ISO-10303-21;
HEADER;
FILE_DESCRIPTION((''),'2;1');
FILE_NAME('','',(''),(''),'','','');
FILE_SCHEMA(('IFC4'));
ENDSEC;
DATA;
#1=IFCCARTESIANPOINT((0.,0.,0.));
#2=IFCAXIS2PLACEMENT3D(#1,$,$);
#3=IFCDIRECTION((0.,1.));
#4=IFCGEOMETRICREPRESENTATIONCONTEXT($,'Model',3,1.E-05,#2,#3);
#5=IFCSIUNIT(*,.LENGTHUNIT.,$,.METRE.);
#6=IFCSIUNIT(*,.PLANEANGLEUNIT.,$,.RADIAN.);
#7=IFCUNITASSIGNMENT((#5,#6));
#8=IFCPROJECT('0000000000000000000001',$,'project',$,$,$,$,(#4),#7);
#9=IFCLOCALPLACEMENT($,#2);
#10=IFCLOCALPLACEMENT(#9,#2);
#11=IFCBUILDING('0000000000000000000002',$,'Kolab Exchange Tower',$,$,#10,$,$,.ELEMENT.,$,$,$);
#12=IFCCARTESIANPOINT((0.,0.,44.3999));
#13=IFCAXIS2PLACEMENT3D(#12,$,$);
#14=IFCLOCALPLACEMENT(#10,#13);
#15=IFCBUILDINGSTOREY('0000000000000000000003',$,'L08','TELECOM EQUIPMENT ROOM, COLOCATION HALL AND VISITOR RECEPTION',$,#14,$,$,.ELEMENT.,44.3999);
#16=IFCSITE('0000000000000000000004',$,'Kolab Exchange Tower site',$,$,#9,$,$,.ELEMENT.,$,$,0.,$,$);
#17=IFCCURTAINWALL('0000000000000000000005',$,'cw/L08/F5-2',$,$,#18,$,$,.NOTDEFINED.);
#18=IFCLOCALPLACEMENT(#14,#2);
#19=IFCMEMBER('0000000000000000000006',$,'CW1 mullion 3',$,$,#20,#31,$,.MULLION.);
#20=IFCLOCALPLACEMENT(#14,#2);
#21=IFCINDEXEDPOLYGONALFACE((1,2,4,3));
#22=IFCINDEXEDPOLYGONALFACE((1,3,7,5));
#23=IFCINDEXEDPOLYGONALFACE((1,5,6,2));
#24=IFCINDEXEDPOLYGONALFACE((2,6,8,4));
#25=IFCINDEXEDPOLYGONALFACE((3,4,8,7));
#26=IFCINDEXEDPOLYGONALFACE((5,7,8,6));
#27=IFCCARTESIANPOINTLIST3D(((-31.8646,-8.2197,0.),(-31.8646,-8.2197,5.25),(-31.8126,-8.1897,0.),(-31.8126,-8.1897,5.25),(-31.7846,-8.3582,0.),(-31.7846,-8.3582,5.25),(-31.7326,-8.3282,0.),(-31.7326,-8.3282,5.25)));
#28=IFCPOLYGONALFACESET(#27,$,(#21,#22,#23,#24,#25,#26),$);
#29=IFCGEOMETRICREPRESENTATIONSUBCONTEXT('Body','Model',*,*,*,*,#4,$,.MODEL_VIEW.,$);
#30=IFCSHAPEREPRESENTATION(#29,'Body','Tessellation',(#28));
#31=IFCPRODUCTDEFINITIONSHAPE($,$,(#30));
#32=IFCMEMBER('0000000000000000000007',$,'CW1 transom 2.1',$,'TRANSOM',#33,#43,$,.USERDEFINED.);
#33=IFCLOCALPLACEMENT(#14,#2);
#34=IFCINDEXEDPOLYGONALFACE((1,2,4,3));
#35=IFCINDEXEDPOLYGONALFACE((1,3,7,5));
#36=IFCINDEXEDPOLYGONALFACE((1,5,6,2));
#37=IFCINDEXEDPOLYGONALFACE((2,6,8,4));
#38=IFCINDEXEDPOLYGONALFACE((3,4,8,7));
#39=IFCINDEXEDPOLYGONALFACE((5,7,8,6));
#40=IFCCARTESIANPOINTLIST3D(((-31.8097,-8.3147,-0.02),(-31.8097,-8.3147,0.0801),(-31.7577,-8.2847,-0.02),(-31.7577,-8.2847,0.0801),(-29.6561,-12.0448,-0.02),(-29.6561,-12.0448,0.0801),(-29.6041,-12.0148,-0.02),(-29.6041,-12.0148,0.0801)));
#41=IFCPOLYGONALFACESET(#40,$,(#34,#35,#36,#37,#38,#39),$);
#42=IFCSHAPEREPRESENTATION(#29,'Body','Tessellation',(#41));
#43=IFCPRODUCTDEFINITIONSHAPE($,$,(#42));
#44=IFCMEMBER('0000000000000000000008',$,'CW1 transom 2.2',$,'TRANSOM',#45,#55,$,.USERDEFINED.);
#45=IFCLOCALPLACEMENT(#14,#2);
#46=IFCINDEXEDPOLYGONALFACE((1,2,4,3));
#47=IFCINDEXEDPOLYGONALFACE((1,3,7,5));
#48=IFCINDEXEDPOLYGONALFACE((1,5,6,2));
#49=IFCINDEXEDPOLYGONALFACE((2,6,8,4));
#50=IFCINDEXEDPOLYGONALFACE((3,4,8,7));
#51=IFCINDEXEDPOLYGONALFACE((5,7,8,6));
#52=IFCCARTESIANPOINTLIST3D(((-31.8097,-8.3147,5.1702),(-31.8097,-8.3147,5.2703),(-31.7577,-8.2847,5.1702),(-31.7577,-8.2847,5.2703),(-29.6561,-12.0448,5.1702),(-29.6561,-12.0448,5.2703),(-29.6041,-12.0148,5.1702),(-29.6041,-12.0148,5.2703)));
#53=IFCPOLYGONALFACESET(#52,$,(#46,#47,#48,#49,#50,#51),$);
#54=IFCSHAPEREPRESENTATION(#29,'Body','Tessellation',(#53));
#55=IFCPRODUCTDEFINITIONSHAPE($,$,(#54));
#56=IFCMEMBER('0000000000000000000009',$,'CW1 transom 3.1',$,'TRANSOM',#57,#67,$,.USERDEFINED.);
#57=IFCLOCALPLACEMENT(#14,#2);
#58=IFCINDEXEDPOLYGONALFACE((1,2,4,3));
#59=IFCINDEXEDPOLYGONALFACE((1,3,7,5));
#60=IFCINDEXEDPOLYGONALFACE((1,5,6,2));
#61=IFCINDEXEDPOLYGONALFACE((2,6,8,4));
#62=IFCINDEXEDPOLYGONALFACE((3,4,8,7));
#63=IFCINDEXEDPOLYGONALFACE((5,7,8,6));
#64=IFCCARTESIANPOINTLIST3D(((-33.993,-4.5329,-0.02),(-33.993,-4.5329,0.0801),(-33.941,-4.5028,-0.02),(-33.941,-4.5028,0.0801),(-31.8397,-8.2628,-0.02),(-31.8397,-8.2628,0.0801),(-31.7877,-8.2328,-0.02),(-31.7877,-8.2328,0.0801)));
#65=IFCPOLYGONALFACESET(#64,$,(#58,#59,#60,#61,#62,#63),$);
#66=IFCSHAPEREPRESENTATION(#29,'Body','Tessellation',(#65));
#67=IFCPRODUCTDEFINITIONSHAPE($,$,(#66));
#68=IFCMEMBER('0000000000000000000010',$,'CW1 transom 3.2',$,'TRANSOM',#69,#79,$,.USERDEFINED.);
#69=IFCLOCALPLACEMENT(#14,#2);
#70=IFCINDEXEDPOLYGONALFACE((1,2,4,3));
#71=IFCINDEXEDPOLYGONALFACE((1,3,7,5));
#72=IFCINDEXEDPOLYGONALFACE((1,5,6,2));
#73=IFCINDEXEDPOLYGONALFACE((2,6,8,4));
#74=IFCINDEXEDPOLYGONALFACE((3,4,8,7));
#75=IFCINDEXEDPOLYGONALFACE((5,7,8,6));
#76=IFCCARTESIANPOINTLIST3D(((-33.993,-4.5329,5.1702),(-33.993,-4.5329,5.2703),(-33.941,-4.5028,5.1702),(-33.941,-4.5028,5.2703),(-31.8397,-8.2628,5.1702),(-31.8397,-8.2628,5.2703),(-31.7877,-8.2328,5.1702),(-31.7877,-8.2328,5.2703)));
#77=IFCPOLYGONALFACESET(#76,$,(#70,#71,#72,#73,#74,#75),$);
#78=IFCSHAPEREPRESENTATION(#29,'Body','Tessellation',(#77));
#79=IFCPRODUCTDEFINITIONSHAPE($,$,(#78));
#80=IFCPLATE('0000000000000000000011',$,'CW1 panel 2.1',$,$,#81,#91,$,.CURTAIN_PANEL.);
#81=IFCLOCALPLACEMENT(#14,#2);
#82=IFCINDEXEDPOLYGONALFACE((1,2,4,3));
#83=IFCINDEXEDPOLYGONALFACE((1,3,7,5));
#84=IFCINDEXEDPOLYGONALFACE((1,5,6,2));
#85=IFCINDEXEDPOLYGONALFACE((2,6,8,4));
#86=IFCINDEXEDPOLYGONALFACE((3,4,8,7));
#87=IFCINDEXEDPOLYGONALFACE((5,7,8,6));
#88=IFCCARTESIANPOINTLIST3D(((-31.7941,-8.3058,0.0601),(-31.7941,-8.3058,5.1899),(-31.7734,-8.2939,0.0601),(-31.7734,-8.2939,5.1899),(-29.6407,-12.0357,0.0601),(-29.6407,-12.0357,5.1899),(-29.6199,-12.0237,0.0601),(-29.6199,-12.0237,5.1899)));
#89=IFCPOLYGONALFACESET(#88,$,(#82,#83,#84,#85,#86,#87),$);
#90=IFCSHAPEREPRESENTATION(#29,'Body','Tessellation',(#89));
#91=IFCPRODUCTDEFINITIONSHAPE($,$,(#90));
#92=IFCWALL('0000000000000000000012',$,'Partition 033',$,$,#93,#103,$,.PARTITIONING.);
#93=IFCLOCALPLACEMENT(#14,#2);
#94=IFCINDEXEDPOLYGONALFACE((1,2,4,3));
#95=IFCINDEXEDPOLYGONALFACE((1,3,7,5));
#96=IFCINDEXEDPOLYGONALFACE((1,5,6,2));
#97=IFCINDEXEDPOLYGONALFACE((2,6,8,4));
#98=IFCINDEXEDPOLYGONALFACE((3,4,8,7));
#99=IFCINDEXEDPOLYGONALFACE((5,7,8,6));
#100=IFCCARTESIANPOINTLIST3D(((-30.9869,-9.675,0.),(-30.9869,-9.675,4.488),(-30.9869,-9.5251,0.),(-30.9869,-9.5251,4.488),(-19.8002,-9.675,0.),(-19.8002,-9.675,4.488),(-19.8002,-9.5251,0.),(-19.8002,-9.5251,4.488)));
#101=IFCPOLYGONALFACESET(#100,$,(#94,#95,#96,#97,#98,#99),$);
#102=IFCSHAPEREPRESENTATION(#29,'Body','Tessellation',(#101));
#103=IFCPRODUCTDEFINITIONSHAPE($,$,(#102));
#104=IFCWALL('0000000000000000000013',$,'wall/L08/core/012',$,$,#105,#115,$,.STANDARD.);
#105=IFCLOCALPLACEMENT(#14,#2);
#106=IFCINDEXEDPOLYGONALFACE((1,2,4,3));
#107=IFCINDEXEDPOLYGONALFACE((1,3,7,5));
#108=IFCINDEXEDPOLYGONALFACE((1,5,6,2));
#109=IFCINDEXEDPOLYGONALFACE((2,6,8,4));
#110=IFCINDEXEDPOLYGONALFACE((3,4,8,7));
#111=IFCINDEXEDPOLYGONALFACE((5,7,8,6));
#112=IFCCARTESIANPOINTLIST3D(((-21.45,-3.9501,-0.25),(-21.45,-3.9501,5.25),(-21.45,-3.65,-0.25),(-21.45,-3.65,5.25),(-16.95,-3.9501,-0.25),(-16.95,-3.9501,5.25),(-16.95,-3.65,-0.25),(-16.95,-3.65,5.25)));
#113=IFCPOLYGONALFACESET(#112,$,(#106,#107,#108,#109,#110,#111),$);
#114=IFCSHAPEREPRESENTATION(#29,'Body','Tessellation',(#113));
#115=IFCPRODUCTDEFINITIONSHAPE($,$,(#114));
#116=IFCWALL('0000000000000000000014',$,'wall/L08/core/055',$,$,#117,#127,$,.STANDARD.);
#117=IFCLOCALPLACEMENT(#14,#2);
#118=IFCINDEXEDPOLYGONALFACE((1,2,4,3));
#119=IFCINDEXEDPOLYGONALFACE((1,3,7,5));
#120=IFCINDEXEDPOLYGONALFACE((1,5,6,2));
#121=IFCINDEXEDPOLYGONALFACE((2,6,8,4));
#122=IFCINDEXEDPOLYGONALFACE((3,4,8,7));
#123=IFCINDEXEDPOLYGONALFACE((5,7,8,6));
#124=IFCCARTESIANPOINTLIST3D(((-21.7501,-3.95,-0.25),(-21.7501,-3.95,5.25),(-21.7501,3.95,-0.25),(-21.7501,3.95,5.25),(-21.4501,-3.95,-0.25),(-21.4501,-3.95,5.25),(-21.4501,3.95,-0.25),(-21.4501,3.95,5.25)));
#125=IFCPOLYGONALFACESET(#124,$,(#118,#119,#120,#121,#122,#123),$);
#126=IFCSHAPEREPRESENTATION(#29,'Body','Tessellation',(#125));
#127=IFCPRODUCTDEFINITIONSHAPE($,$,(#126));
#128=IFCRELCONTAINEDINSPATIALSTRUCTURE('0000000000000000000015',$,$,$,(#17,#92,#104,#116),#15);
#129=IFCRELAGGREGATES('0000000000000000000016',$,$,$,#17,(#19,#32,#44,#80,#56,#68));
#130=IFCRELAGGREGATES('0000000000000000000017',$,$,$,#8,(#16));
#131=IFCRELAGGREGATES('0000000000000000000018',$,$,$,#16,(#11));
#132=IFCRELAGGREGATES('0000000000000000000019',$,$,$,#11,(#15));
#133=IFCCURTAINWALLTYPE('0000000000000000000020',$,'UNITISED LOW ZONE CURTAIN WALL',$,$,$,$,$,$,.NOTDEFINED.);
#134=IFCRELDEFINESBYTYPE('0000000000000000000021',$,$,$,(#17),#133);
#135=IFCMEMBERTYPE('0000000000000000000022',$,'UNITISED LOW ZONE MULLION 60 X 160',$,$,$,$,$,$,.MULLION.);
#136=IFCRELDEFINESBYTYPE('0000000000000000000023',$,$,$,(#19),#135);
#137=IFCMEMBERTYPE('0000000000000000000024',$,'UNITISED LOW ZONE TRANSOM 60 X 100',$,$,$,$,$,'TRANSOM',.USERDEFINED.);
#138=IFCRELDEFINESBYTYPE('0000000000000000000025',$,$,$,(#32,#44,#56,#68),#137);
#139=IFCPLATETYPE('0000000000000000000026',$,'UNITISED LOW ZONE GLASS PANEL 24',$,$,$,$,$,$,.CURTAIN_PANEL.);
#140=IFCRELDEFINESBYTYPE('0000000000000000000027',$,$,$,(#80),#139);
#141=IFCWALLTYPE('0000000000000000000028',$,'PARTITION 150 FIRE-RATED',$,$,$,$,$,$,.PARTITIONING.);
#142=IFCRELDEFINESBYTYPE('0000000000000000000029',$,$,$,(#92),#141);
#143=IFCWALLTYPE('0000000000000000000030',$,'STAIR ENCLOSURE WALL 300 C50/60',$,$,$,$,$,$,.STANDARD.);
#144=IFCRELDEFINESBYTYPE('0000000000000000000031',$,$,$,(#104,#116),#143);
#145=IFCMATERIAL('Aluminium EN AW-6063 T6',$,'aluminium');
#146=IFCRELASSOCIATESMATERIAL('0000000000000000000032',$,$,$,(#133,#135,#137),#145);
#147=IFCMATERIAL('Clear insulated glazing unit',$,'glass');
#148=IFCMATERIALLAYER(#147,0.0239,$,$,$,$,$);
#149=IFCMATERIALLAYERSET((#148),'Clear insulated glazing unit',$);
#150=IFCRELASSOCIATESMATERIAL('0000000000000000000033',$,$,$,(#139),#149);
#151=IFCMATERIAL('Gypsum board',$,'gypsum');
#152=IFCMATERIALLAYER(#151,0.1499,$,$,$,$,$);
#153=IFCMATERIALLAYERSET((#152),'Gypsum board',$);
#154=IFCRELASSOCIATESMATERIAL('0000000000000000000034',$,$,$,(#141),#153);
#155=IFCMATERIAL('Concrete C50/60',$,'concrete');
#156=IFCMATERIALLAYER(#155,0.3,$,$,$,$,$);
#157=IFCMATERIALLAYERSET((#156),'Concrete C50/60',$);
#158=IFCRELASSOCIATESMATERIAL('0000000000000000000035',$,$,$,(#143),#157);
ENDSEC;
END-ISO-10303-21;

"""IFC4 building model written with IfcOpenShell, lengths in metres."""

from ifc_helpers import new_model, si_unit, direction, frame, frame_2d, origin, origin_2d, place, context, subcontext, project, spatial, rectangle, extrude, material, layer, layer_set, material_profile, profile_set, type_object, element, aggregate, save


model = new_model("IFC4")

# Units and contexts
model_context = context("Model", 3, precision=1e-05, world=origin(), true_north=direction((0.0, 1.0)))
body_context = subcontext(model_context, "Body", "Model", "MODEL_VIEW")
ifc_project = project(units=[si_unit("LENGTHUNIT", "METRE"), si_unit("PLANEANGLEUNIT", "RADIAN")], contexts=[model_context])

# Site, building, storey
site_placement = place(None, origin())
site = spatial("IfcSite", under=ifc_project, at=site_placement, Name="Kolab Exchange Tower site", CompositionType="ELEMENT", RefElevation=0.0)
building_placement = place(site_placement, origin())
building = spatial("IfcBuilding", under=site, at=building_placement, Name="Kolab Exchange Tower", CompositionType="ELEMENT")
storey_placement = place(building_placement, frame((0.0, 0.0, 44.3999)))
storey = spatial("IfcBuildingStorey", under=building, at=storey_placement, Name="L08", Description="TELECOM EQUIPMENT ROOM, COLOCATION HALL AND VISITOR RECEPTION", CompositionType="ELEMENT", Elevation=44.3999)

# Curtain wall, members, plate
ifc_material_1 = material(Name="Aluminium EN AW-6063 T6", Category="aluminium")
curtain_wall_type = type_object("IfcCurtainWallType", Name="UNITISED LOW ZONE CURTAIN WALL", PredefinedType="NOTDEFINED", material=ifc_material_1)
curtain_wall_placement = place(storey_placement, origin())
curtain_wall = element("IfcCurtainWall", 1, at=curtain_wall_placement, inside=storey, type_object=curtain_wall_type, Name="cw/L08/F5-2", PredefinedType="NOTDEFINED")
ifc_material_profile_1 = material_profile(ifc_material_1, rectangle(XDim=0.0601, YDim=0.1599, at=origin_2d()), Name="RECT 60X160")
ifc_profile_set_1 = profile_set([ifc_material_profile_1], Name="Aluminium EN AW-6063 T6")
member_type_1 = type_object("IfcMemberType", Name="UNITISED LOW ZONE MULLION 60 X 160", PredefinedType="MULLION", material=ifc_profile_set_1)
member_1_placement = place(storey_placement, frame((-31.7986, -8.2739, 0.0), z_axis=(0.0, 0.0, 1.0), x_axis=(-0.866025, -0.5, 0.0)))
member_1 = element("IfcMember", 2, at=member_1_placement, type_object=member_type_1, Name="CW1 mullion 3", PredefinedType="MULLION", context=body_context, shape_type="SweptSolid", body=[
    extrude(rectangle(XDim=0.0601, YDim=0.1599, at=origin_2d()), origin(), (0.0, 0.0, 1.0), 5.25),
])
ifc_material_profile_2 = material_profile(ifc_material_1, rectangle(XDim=0.0601, YDim=0.1001, at=origin_2d()), Name="RECT 60X100")
ifc_profile_set_2 = profile_set([ifc_material_profile_2], Name="Aluminium EN AW-6063 T6")
member_type_2 = type_object("IfcMemberType", Name="UNITISED LOW ZONE TRANSOM 60 X 100", ElementType="TRANSOM", PredefinedType="USERDEFINED", material=ifc_profile_set_2)
member_2_placement = place(storey_placement, frame((-29.6301, -12.0298, 0.03), z_axis=(-0.50001, 0.866019, 0.0), x_axis=(-0.866019, -0.50001, 0.0)))
member_2 = element("IfcMember", 3, at=member_2_placement, type_object=member_type_2, Name="CW1 transom 2.1", ObjectType="TRANSOM", PredefinedType="USERDEFINED", context=body_context, shape_type="SweptSolid", body=[
    extrude(rectangle(XDim=0.0601, YDim=0.1001, at=origin_2d()), origin(), (0.0, 0.0, 1.0), 4.3071),
])
member_3_placement = place(storey_placement, frame((-29.6301, -12.0298, 5.2202), z_axis=(-0.50001, 0.866019, 0.0), x_axis=(-0.866019, -0.50001, 0.0)))
member_3 = element("IfcMember", 4, at=member_3_placement, type_object=member_type_2, Name="CW1 transom 2.2", ObjectType="TRANSOM", PredefinedType="USERDEFINED", context=body_context, shape_type="SweptSolid", body=[
    extrude(rectangle(XDim=0.0601, YDim=0.1001, at=origin_2d()), origin(), (0.0, 0.0, 1.0), 4.3071),
])
member_4_placement = place(storey_placement, frame((-31.8137, -8.2478, 0.03), z_axis=(-0.499968, 0.866044, 0.0), x_axis=(-0.866044, -0.499968, 0.0)))
member_4 = element("IfcMember", 5, at=member_4_placement, type_object=member_type_2, Name="CW1 transom 3.1", ObjectType="TRANSOM", PredefinedType="USERDEFINED", context=body_context, shape_type="SweptSolid", body=[
    extrude(rectangle(XDim=0.0601, YDim=0.1001, at=origin_2d()), origin(), (0.0, 0.0, 1.0), 4.3069),
])
member_5_placement = place(storey_placement, frame((-31.8137, -8.2478, 5.2202), z_axis=(-0.499968, 0.866044, 0.0), x_axis=(-0.866044, -0.499968, 0.0)))
member_5 = element("IfcMember", 6, at=member_5_placement, type_object=member_type_2, Name="CW1 transom 3.2", ObjectType="TRANSOM", PredefinedType="USERDEFINED", context=body_context, shape_type="SweptSolid", body=[
    extrude(rectangle(XDim=0.0601, YDim=0.1001, at=origin_2d()), origin(), (0.0, 0.0, 1.0), 4.3069),
])
ifc_material_2 = material(Name="Clear insulated glazing unit", Category="glass")
ifc_layer_1 = layer(ifc_material_2, 0.0239)
ifc_layer_set_1 = layer_set([ifc_layer_1], Name="Clear insulated glazing unit")
plate_type = type_object("IfcPlateType", Name="UNITISED LOW ZONE GLASS PANEL 24", PredefinedType="CURTAIN_PANEL", material=ifc_layer_set_1)
plate_placement = place(storey_placement, frame((-30.707, -10.1648, 0.0601), z_axis=(0.0, 0.0, 1.0), x_axis=(-0.5, 0.866025, 0.0)))
plate = element("IfcPlate", 7, at=plate_placement, type_object=plate_type, Name="CW1 panel 2.1", PredefinedType="CURTAIN_PANEL", context=body_context, shape_type="SweptSolid", body=[
    extrude(rectangle(XDim=4.3069, YDim=0.0239, at=origin_2d()), origin(), (0.0, 0.0, 1.0), 5.1299),
])
aggregate(curtain_wall, [member_1, member_2, member_3, plate, member_4, member_5])

# Walls
ifc_material_3 = material(Name="Gypsum board", Category="gypsum")
ifc_layer_2 = layer(ifc_material_3, 0.1499)
ifc_layer_set_2 = layer_set([ifc_layer_2], Name="Gypsum board")
wall_type_1 = type_object("IfcWallType", Name="PARTITION 150 FIRE-RATED", PredefinedType="PARTITIONING", material=ifc_layer_set_2)
wall_1_placement = place(storey_placement, frame((-30.9868, -9.6001, 0.0), z_axis=(0.0, 0.0, 1.0), x_axis=(1.0, 0.0, 0.0)))
element("IfcWall", 8, at=wall_1_placement, inside=storey, type_object=wall_type_1, Name="Partition 033", PredefinedType="PARTITIONING", context=body_context, shape_type="SweptSolid", body=[
    extrude(rectangle(XDim=11.1868, YDim=0.1499, at=frame_2d((5.5933, 0.0))), origin(), (0.0, 0.0, 1.0), 4.488),
])
ifc_material_4 = material(Name="Concrete C50/60", Category="concrete")
ifc_layer_3 = layer(ifc_material_4, 0.3)
ifc_layer_set_3 = layer_set([ifc_layer_3], Name="Concrete C50/60")
wall_type_2 = type_object("IfcWallType", Name="STAIR ENCLOSURE WALL 300 C50/60", PredefinedType="STANDARD", material=ifc_layer_set_3)
wall_2_placement = place(storey_placement, frame((-21.45, -3.8, -0.25), z_axis=(0.0, 0.0, 1.0), x_axis=(1.0, 0.0, 0.0)))
element("IfcWall", 9, at=wall_2_placement, inside=storey, type_object=wall_type_2, Name="wall/L08/core/012", PredefinedType="STANDARD", context=body_context, shape_type="SweptSolid", body=[
    extrude(rectangle(XDim=4.5, YDim=0.3, at=frame_2d((2.25, 0.0))), origin(), (0.0, 0.0, 1.0), 5.5),
])
wall_3_placement = place(storey_placement, frame((-21.6001, -3.95, -0.25), z_axis=(0.0, 0.0, 1.0), x_axis=(0.0, 1.0, 0.0)))
element("IfcWall", 10, at=wall_3_placement, inside=storey, type_object=wall_type_2, Name="wall/L08/core/055", PredefinedType="STANDARD", context=body_context, shape_type="SweptSolid", body=[
    extrude(rectangle(XDim=7.8999, YDim=0.3, at=frame_2d((3.95, 0.0))), origin(), (0.0, 0.0, 1.0), 5.5),
])

save(model, "model.ifc")
